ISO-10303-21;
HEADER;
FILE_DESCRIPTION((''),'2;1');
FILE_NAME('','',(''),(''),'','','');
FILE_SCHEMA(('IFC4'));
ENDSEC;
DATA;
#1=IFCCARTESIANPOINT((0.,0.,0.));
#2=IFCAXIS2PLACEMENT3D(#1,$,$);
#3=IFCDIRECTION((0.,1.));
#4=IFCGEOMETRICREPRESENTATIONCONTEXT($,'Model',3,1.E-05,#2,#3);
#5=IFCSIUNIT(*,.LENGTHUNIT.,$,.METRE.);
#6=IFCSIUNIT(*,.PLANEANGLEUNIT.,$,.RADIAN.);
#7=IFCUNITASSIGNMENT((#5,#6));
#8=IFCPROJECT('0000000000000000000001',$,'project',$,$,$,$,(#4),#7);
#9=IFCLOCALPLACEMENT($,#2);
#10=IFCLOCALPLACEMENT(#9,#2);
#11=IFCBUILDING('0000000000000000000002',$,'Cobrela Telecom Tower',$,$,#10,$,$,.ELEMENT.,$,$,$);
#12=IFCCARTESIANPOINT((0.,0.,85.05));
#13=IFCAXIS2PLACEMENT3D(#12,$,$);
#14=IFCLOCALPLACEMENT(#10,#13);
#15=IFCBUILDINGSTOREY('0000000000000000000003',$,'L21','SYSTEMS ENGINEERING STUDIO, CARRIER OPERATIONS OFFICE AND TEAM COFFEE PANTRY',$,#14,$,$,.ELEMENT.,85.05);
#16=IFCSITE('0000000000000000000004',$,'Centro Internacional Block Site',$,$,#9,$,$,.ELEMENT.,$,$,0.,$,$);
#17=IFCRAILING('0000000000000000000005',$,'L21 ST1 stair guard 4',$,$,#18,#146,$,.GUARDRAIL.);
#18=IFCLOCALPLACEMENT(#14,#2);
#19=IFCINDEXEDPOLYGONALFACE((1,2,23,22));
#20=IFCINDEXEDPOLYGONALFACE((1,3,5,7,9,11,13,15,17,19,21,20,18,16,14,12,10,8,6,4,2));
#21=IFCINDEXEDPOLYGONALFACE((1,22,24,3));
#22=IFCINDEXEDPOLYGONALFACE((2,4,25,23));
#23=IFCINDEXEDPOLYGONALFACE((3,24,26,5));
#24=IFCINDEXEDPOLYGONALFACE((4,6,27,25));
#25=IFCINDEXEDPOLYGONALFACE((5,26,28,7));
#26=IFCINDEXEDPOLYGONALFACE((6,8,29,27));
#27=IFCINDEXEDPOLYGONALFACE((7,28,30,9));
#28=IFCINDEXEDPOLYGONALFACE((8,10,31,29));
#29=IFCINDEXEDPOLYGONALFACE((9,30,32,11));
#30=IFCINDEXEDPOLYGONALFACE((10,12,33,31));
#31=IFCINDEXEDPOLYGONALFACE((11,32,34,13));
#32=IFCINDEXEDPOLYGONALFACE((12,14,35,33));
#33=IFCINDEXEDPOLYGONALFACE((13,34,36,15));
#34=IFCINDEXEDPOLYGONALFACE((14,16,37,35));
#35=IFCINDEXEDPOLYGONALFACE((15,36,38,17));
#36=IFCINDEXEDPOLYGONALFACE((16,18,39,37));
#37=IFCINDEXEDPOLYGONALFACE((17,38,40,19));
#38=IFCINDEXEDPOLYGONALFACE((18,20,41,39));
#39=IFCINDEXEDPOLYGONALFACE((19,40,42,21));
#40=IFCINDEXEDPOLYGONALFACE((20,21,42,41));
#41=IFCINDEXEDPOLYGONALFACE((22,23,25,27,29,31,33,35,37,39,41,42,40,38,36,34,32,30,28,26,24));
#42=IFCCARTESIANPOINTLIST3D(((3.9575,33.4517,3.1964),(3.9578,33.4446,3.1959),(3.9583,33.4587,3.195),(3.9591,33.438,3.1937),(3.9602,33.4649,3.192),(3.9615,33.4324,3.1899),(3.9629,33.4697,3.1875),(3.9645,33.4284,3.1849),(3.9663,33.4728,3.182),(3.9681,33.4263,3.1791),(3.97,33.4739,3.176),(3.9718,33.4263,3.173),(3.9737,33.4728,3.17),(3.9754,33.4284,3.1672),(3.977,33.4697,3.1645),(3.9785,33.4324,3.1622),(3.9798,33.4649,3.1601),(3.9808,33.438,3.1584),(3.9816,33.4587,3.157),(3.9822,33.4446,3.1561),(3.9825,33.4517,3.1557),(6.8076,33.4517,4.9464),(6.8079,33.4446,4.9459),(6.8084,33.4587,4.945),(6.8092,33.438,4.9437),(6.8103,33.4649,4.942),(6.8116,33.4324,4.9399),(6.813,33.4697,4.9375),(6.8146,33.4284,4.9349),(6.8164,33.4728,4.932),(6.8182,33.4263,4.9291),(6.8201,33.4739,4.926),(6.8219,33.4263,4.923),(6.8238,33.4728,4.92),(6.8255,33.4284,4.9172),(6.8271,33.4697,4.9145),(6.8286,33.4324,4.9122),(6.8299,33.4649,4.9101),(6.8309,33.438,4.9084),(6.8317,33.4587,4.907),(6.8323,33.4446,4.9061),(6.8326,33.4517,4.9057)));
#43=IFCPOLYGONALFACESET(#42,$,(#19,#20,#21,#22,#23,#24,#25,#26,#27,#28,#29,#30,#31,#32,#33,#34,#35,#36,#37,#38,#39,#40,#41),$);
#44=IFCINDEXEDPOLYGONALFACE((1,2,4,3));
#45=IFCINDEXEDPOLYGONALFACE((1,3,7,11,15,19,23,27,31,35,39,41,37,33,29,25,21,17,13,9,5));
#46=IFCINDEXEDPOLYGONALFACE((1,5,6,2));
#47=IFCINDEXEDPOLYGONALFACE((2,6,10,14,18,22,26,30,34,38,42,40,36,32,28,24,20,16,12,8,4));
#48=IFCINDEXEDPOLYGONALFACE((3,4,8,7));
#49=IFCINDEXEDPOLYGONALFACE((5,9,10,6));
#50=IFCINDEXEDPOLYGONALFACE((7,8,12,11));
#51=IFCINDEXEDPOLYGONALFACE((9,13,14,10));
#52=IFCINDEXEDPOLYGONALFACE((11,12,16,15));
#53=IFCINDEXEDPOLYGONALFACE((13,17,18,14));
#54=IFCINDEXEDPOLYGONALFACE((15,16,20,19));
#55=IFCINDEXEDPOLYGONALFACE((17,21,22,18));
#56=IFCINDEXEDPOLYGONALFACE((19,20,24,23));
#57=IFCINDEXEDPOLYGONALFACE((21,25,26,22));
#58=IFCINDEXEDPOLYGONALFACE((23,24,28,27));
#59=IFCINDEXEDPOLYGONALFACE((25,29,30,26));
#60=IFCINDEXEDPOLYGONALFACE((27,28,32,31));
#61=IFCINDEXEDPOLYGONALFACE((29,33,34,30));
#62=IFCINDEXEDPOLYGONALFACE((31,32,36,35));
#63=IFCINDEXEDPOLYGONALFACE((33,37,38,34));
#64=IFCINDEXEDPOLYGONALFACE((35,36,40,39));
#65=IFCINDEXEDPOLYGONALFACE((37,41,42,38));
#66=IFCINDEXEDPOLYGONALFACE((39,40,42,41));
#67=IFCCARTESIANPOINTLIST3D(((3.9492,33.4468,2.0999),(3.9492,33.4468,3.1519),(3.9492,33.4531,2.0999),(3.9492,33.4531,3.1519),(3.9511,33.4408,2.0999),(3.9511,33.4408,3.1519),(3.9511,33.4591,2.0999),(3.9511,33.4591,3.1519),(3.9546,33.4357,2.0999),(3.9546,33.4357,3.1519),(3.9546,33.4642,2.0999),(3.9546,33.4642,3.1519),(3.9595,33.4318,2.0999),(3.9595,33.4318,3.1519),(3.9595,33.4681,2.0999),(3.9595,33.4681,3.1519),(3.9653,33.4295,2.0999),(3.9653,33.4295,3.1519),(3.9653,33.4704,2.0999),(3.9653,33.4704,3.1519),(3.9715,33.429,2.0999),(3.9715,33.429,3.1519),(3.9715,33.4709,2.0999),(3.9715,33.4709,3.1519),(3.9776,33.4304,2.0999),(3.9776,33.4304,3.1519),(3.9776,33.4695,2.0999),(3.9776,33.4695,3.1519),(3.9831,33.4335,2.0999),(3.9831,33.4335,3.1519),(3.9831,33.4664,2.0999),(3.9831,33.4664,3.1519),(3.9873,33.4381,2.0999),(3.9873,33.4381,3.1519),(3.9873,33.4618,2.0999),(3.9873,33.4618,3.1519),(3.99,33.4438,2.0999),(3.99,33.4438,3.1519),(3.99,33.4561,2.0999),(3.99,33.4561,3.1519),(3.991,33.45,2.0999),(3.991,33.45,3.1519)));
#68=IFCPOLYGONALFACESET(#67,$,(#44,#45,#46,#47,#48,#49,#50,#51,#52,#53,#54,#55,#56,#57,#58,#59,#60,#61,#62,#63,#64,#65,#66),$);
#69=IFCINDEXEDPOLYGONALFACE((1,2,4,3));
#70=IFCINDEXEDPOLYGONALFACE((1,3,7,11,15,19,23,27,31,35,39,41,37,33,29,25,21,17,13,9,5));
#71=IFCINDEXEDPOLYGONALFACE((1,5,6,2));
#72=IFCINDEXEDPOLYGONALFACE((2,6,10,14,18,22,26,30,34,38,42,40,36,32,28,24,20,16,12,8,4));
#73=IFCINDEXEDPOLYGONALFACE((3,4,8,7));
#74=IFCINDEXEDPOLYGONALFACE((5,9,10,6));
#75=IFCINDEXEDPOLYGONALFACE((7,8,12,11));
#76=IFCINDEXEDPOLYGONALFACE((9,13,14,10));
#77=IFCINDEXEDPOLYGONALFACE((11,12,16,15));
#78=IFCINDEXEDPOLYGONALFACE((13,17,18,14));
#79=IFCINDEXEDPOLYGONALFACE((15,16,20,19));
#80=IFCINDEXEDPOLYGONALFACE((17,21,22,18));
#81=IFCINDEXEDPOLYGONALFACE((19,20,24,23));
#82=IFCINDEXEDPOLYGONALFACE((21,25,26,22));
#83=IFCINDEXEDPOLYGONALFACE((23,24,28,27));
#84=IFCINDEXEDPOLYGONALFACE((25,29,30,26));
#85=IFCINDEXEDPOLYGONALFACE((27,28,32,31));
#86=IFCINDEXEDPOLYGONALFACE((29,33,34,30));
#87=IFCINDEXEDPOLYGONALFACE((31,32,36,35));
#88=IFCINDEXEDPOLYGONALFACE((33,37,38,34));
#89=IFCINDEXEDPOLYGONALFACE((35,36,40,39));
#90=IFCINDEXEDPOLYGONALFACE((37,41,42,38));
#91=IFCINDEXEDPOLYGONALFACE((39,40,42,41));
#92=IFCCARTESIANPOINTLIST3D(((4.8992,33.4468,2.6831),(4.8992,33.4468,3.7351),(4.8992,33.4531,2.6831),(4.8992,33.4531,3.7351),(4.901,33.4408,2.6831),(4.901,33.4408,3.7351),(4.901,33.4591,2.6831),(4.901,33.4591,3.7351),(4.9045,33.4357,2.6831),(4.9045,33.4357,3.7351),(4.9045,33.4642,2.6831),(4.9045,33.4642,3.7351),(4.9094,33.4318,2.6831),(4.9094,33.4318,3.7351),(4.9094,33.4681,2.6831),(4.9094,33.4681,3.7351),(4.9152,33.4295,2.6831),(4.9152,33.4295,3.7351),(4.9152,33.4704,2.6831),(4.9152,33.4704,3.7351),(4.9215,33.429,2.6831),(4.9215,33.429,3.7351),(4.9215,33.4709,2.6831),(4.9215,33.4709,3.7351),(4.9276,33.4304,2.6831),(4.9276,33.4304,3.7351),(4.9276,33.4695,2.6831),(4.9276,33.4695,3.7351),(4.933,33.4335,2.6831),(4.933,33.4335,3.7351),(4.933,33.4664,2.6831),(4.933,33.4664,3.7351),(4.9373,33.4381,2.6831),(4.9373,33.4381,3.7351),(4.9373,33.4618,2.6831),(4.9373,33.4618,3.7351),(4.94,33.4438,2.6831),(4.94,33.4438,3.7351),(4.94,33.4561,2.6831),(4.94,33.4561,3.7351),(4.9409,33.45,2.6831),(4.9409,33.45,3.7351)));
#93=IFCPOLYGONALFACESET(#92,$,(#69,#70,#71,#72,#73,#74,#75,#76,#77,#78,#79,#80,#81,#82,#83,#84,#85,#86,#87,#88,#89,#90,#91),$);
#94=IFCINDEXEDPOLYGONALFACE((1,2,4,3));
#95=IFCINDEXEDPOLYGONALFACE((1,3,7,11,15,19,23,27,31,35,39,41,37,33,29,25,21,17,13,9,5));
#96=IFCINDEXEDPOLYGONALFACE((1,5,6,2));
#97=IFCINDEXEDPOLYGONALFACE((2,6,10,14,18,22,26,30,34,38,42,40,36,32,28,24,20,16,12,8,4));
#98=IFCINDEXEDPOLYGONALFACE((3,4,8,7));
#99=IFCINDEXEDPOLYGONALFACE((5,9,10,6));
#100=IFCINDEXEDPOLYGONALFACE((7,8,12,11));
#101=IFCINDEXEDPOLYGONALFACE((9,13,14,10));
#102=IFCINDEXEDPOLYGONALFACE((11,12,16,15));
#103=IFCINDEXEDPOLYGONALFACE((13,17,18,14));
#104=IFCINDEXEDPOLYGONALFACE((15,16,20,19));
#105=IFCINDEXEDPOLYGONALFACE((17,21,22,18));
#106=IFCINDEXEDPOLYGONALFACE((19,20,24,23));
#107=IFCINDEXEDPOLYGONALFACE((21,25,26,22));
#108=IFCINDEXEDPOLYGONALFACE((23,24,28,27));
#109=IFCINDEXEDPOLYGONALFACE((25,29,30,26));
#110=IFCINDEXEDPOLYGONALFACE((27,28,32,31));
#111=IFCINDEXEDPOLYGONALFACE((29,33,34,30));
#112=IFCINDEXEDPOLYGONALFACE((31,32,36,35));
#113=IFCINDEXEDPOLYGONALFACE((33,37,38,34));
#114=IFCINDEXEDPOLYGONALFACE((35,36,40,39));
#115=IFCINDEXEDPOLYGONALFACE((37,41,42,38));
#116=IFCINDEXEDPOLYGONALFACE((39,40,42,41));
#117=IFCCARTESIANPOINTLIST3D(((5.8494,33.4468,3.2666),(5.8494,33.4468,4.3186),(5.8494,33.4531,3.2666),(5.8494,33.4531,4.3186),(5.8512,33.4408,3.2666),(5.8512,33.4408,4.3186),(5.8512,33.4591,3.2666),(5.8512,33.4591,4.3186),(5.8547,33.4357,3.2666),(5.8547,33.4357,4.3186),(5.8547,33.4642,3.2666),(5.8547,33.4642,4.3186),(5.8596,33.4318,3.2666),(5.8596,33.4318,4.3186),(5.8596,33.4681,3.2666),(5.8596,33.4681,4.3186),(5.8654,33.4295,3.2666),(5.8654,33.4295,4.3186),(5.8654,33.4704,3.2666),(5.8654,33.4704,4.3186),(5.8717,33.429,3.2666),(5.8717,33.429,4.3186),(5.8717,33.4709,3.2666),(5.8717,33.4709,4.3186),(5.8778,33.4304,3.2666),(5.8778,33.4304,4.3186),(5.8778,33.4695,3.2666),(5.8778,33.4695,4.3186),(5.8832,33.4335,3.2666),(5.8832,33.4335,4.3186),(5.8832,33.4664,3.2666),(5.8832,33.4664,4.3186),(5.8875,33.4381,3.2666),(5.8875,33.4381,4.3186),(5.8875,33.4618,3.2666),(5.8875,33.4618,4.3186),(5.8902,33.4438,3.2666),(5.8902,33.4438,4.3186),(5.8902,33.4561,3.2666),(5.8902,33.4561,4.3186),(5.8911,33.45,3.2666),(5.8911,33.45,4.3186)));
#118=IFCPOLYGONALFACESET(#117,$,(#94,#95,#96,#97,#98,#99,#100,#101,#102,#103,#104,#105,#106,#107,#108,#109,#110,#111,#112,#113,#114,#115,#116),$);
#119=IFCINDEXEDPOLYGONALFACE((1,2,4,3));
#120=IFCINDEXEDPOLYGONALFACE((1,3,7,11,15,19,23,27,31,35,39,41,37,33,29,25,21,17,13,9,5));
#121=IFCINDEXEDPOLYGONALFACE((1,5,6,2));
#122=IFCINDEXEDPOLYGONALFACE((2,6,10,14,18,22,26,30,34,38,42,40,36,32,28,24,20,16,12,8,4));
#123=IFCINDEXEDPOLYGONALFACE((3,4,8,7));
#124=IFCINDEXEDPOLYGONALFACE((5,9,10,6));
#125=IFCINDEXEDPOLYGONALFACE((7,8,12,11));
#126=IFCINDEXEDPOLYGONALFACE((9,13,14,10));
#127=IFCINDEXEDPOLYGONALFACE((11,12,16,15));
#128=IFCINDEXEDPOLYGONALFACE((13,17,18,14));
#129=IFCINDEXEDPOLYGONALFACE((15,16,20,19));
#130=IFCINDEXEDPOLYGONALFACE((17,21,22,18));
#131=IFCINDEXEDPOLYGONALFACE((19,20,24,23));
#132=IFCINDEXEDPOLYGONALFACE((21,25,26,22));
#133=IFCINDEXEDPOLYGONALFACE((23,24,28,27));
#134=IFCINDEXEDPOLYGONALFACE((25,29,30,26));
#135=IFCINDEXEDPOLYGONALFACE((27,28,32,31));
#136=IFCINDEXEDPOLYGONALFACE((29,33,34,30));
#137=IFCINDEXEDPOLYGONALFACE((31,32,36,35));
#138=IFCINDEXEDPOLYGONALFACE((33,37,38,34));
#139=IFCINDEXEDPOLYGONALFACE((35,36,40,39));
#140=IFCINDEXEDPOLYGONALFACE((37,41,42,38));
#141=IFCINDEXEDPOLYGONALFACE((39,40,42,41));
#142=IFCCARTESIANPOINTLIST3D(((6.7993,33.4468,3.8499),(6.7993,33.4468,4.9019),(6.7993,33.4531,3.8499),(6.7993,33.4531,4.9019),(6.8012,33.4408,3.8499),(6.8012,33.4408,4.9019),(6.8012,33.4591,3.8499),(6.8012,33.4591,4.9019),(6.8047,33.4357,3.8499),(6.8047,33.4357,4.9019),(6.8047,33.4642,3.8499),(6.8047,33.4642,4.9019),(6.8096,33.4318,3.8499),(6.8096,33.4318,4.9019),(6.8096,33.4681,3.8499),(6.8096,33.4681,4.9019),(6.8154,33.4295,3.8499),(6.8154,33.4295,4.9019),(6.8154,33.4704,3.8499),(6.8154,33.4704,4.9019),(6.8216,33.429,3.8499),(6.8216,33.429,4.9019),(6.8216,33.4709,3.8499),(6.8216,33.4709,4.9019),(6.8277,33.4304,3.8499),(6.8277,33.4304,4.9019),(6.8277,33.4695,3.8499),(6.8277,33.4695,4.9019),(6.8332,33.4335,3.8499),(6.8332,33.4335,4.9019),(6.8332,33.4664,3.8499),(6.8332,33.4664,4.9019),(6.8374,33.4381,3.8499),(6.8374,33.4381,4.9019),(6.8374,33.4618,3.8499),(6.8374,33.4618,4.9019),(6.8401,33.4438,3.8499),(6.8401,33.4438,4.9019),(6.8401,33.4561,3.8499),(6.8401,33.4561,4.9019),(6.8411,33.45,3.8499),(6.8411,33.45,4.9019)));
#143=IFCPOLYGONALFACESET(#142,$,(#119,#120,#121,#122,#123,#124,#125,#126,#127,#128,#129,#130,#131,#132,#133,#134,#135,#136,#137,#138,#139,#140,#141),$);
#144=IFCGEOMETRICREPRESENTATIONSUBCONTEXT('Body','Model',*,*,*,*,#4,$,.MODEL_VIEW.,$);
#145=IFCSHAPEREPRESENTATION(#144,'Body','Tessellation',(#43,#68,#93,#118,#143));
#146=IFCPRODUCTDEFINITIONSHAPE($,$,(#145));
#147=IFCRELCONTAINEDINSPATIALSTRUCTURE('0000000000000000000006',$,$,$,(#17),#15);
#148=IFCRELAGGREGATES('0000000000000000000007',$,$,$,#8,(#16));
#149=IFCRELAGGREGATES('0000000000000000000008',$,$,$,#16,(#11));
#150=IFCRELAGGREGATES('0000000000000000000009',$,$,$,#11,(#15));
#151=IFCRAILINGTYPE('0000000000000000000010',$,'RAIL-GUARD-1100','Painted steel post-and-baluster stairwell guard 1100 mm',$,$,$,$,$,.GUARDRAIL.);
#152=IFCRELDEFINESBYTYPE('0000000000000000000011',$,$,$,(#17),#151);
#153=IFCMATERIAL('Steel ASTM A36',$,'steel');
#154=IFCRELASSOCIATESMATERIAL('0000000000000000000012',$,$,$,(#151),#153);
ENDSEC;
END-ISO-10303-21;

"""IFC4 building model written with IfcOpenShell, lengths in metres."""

from ifc_helpers import new_model, si_unit, direction, frame, origin, origin_2d, place, context, subcontext, project, spatial, circle, extrude, material, type_object, element, save


model = new_model("IFC4")

# Units and contexts
model_context = context("Model", 3, precision=1e-05, world=origin(), true_north=direction((0.0, 1.0)))
body_context = subcontext(model_context, "Body", "Model", "MODEL_VIEW")
ifc_project = project(units=[si_unit("LENGTHUNIT", "METRE"), si_unit("PLANEANGLEUNIT", "RADIAN")], contexts=[model_context])

# Site, building, storey
site_placement = place(None, origin())
site = spatial("IfcSite", under=ifc_project, at=site_placement, Name="Centro Internacional Block Site", CompositionType="ELEMENT", RefElevation=0.0)
building_placement = place(site_placement, origin())
building = spatial("IfcBuilding", under=site, at=building_placement, Name="Cobrela Telecom Tower", CompositionType="ELEMENT")
storey_placement = place(building_placement, frame((0.0, 0.0, 85.05)))
storey = spatial("IfcBuildingStorey", under=building, at=storey_placement, Name="L21", Description="SYSTEMS ENGINEERING STUDIO, CARRIER OPERATIONS OFFICE AND TEAM COFFEE PANTRY", CompositionType="ELEMENT", Elevation=85.05)

# Shared definitions
ifc_material_1 = material(Name="Steel ASTM A36", Category="steel")

# Railing
railing_type_1 = type_object("IfcRailingType", Name="RAIL-GUARD-1100", Description="Painted steel post-and-baluster stairwell guard 1100 mm", PredefinedType="GUARDRAIL", material=ifc_material_1)
railing_1_placement = place(storey_placement, frame((3.97, 33.45, 2.0999)))
element("IfcRailing", 1, at=railing_1_placement, inside=storey, type_object=railing_type_1, Name="L21 ST1 stair guard 4", PredefinedType="GUARDRAIL", context=body_context, shape_type="SweptSolid", body=[
    extrude(circle(Radius=0.0239, at=origin_2d()), frame((0.0, 0.0, 1.0762), z_axis=(0.852179, 0.0, 0.52325), x_axis=(0.0, 1.0, 0.0)), (0.0, 0.0, 1.0), 3.3445),
    extrude(circle(Radius=0.021, at=origin_2d()), origin(), (0.0, 0.0, 1.0), 1.052),
    extrude(circle(Radius=0.021, at=origin_2d()), frame((0.95, 0.0, 0.5833)), (0.0, 0.0, 1.0), 1.052),
    extrude(circle(Radius=0.021, at=origin_2d()), frame((1.9001, 0.0, 1.1667)), (0.0, 0.0, 1.0), 1.052),
    extrude(circle(Radius=0.021, at=origin_2d()), frame((2.8501, 0.0, 1.75)), (0.0, 0.0, 1.0), 1.052),
])

save(model, "model.ifc")
